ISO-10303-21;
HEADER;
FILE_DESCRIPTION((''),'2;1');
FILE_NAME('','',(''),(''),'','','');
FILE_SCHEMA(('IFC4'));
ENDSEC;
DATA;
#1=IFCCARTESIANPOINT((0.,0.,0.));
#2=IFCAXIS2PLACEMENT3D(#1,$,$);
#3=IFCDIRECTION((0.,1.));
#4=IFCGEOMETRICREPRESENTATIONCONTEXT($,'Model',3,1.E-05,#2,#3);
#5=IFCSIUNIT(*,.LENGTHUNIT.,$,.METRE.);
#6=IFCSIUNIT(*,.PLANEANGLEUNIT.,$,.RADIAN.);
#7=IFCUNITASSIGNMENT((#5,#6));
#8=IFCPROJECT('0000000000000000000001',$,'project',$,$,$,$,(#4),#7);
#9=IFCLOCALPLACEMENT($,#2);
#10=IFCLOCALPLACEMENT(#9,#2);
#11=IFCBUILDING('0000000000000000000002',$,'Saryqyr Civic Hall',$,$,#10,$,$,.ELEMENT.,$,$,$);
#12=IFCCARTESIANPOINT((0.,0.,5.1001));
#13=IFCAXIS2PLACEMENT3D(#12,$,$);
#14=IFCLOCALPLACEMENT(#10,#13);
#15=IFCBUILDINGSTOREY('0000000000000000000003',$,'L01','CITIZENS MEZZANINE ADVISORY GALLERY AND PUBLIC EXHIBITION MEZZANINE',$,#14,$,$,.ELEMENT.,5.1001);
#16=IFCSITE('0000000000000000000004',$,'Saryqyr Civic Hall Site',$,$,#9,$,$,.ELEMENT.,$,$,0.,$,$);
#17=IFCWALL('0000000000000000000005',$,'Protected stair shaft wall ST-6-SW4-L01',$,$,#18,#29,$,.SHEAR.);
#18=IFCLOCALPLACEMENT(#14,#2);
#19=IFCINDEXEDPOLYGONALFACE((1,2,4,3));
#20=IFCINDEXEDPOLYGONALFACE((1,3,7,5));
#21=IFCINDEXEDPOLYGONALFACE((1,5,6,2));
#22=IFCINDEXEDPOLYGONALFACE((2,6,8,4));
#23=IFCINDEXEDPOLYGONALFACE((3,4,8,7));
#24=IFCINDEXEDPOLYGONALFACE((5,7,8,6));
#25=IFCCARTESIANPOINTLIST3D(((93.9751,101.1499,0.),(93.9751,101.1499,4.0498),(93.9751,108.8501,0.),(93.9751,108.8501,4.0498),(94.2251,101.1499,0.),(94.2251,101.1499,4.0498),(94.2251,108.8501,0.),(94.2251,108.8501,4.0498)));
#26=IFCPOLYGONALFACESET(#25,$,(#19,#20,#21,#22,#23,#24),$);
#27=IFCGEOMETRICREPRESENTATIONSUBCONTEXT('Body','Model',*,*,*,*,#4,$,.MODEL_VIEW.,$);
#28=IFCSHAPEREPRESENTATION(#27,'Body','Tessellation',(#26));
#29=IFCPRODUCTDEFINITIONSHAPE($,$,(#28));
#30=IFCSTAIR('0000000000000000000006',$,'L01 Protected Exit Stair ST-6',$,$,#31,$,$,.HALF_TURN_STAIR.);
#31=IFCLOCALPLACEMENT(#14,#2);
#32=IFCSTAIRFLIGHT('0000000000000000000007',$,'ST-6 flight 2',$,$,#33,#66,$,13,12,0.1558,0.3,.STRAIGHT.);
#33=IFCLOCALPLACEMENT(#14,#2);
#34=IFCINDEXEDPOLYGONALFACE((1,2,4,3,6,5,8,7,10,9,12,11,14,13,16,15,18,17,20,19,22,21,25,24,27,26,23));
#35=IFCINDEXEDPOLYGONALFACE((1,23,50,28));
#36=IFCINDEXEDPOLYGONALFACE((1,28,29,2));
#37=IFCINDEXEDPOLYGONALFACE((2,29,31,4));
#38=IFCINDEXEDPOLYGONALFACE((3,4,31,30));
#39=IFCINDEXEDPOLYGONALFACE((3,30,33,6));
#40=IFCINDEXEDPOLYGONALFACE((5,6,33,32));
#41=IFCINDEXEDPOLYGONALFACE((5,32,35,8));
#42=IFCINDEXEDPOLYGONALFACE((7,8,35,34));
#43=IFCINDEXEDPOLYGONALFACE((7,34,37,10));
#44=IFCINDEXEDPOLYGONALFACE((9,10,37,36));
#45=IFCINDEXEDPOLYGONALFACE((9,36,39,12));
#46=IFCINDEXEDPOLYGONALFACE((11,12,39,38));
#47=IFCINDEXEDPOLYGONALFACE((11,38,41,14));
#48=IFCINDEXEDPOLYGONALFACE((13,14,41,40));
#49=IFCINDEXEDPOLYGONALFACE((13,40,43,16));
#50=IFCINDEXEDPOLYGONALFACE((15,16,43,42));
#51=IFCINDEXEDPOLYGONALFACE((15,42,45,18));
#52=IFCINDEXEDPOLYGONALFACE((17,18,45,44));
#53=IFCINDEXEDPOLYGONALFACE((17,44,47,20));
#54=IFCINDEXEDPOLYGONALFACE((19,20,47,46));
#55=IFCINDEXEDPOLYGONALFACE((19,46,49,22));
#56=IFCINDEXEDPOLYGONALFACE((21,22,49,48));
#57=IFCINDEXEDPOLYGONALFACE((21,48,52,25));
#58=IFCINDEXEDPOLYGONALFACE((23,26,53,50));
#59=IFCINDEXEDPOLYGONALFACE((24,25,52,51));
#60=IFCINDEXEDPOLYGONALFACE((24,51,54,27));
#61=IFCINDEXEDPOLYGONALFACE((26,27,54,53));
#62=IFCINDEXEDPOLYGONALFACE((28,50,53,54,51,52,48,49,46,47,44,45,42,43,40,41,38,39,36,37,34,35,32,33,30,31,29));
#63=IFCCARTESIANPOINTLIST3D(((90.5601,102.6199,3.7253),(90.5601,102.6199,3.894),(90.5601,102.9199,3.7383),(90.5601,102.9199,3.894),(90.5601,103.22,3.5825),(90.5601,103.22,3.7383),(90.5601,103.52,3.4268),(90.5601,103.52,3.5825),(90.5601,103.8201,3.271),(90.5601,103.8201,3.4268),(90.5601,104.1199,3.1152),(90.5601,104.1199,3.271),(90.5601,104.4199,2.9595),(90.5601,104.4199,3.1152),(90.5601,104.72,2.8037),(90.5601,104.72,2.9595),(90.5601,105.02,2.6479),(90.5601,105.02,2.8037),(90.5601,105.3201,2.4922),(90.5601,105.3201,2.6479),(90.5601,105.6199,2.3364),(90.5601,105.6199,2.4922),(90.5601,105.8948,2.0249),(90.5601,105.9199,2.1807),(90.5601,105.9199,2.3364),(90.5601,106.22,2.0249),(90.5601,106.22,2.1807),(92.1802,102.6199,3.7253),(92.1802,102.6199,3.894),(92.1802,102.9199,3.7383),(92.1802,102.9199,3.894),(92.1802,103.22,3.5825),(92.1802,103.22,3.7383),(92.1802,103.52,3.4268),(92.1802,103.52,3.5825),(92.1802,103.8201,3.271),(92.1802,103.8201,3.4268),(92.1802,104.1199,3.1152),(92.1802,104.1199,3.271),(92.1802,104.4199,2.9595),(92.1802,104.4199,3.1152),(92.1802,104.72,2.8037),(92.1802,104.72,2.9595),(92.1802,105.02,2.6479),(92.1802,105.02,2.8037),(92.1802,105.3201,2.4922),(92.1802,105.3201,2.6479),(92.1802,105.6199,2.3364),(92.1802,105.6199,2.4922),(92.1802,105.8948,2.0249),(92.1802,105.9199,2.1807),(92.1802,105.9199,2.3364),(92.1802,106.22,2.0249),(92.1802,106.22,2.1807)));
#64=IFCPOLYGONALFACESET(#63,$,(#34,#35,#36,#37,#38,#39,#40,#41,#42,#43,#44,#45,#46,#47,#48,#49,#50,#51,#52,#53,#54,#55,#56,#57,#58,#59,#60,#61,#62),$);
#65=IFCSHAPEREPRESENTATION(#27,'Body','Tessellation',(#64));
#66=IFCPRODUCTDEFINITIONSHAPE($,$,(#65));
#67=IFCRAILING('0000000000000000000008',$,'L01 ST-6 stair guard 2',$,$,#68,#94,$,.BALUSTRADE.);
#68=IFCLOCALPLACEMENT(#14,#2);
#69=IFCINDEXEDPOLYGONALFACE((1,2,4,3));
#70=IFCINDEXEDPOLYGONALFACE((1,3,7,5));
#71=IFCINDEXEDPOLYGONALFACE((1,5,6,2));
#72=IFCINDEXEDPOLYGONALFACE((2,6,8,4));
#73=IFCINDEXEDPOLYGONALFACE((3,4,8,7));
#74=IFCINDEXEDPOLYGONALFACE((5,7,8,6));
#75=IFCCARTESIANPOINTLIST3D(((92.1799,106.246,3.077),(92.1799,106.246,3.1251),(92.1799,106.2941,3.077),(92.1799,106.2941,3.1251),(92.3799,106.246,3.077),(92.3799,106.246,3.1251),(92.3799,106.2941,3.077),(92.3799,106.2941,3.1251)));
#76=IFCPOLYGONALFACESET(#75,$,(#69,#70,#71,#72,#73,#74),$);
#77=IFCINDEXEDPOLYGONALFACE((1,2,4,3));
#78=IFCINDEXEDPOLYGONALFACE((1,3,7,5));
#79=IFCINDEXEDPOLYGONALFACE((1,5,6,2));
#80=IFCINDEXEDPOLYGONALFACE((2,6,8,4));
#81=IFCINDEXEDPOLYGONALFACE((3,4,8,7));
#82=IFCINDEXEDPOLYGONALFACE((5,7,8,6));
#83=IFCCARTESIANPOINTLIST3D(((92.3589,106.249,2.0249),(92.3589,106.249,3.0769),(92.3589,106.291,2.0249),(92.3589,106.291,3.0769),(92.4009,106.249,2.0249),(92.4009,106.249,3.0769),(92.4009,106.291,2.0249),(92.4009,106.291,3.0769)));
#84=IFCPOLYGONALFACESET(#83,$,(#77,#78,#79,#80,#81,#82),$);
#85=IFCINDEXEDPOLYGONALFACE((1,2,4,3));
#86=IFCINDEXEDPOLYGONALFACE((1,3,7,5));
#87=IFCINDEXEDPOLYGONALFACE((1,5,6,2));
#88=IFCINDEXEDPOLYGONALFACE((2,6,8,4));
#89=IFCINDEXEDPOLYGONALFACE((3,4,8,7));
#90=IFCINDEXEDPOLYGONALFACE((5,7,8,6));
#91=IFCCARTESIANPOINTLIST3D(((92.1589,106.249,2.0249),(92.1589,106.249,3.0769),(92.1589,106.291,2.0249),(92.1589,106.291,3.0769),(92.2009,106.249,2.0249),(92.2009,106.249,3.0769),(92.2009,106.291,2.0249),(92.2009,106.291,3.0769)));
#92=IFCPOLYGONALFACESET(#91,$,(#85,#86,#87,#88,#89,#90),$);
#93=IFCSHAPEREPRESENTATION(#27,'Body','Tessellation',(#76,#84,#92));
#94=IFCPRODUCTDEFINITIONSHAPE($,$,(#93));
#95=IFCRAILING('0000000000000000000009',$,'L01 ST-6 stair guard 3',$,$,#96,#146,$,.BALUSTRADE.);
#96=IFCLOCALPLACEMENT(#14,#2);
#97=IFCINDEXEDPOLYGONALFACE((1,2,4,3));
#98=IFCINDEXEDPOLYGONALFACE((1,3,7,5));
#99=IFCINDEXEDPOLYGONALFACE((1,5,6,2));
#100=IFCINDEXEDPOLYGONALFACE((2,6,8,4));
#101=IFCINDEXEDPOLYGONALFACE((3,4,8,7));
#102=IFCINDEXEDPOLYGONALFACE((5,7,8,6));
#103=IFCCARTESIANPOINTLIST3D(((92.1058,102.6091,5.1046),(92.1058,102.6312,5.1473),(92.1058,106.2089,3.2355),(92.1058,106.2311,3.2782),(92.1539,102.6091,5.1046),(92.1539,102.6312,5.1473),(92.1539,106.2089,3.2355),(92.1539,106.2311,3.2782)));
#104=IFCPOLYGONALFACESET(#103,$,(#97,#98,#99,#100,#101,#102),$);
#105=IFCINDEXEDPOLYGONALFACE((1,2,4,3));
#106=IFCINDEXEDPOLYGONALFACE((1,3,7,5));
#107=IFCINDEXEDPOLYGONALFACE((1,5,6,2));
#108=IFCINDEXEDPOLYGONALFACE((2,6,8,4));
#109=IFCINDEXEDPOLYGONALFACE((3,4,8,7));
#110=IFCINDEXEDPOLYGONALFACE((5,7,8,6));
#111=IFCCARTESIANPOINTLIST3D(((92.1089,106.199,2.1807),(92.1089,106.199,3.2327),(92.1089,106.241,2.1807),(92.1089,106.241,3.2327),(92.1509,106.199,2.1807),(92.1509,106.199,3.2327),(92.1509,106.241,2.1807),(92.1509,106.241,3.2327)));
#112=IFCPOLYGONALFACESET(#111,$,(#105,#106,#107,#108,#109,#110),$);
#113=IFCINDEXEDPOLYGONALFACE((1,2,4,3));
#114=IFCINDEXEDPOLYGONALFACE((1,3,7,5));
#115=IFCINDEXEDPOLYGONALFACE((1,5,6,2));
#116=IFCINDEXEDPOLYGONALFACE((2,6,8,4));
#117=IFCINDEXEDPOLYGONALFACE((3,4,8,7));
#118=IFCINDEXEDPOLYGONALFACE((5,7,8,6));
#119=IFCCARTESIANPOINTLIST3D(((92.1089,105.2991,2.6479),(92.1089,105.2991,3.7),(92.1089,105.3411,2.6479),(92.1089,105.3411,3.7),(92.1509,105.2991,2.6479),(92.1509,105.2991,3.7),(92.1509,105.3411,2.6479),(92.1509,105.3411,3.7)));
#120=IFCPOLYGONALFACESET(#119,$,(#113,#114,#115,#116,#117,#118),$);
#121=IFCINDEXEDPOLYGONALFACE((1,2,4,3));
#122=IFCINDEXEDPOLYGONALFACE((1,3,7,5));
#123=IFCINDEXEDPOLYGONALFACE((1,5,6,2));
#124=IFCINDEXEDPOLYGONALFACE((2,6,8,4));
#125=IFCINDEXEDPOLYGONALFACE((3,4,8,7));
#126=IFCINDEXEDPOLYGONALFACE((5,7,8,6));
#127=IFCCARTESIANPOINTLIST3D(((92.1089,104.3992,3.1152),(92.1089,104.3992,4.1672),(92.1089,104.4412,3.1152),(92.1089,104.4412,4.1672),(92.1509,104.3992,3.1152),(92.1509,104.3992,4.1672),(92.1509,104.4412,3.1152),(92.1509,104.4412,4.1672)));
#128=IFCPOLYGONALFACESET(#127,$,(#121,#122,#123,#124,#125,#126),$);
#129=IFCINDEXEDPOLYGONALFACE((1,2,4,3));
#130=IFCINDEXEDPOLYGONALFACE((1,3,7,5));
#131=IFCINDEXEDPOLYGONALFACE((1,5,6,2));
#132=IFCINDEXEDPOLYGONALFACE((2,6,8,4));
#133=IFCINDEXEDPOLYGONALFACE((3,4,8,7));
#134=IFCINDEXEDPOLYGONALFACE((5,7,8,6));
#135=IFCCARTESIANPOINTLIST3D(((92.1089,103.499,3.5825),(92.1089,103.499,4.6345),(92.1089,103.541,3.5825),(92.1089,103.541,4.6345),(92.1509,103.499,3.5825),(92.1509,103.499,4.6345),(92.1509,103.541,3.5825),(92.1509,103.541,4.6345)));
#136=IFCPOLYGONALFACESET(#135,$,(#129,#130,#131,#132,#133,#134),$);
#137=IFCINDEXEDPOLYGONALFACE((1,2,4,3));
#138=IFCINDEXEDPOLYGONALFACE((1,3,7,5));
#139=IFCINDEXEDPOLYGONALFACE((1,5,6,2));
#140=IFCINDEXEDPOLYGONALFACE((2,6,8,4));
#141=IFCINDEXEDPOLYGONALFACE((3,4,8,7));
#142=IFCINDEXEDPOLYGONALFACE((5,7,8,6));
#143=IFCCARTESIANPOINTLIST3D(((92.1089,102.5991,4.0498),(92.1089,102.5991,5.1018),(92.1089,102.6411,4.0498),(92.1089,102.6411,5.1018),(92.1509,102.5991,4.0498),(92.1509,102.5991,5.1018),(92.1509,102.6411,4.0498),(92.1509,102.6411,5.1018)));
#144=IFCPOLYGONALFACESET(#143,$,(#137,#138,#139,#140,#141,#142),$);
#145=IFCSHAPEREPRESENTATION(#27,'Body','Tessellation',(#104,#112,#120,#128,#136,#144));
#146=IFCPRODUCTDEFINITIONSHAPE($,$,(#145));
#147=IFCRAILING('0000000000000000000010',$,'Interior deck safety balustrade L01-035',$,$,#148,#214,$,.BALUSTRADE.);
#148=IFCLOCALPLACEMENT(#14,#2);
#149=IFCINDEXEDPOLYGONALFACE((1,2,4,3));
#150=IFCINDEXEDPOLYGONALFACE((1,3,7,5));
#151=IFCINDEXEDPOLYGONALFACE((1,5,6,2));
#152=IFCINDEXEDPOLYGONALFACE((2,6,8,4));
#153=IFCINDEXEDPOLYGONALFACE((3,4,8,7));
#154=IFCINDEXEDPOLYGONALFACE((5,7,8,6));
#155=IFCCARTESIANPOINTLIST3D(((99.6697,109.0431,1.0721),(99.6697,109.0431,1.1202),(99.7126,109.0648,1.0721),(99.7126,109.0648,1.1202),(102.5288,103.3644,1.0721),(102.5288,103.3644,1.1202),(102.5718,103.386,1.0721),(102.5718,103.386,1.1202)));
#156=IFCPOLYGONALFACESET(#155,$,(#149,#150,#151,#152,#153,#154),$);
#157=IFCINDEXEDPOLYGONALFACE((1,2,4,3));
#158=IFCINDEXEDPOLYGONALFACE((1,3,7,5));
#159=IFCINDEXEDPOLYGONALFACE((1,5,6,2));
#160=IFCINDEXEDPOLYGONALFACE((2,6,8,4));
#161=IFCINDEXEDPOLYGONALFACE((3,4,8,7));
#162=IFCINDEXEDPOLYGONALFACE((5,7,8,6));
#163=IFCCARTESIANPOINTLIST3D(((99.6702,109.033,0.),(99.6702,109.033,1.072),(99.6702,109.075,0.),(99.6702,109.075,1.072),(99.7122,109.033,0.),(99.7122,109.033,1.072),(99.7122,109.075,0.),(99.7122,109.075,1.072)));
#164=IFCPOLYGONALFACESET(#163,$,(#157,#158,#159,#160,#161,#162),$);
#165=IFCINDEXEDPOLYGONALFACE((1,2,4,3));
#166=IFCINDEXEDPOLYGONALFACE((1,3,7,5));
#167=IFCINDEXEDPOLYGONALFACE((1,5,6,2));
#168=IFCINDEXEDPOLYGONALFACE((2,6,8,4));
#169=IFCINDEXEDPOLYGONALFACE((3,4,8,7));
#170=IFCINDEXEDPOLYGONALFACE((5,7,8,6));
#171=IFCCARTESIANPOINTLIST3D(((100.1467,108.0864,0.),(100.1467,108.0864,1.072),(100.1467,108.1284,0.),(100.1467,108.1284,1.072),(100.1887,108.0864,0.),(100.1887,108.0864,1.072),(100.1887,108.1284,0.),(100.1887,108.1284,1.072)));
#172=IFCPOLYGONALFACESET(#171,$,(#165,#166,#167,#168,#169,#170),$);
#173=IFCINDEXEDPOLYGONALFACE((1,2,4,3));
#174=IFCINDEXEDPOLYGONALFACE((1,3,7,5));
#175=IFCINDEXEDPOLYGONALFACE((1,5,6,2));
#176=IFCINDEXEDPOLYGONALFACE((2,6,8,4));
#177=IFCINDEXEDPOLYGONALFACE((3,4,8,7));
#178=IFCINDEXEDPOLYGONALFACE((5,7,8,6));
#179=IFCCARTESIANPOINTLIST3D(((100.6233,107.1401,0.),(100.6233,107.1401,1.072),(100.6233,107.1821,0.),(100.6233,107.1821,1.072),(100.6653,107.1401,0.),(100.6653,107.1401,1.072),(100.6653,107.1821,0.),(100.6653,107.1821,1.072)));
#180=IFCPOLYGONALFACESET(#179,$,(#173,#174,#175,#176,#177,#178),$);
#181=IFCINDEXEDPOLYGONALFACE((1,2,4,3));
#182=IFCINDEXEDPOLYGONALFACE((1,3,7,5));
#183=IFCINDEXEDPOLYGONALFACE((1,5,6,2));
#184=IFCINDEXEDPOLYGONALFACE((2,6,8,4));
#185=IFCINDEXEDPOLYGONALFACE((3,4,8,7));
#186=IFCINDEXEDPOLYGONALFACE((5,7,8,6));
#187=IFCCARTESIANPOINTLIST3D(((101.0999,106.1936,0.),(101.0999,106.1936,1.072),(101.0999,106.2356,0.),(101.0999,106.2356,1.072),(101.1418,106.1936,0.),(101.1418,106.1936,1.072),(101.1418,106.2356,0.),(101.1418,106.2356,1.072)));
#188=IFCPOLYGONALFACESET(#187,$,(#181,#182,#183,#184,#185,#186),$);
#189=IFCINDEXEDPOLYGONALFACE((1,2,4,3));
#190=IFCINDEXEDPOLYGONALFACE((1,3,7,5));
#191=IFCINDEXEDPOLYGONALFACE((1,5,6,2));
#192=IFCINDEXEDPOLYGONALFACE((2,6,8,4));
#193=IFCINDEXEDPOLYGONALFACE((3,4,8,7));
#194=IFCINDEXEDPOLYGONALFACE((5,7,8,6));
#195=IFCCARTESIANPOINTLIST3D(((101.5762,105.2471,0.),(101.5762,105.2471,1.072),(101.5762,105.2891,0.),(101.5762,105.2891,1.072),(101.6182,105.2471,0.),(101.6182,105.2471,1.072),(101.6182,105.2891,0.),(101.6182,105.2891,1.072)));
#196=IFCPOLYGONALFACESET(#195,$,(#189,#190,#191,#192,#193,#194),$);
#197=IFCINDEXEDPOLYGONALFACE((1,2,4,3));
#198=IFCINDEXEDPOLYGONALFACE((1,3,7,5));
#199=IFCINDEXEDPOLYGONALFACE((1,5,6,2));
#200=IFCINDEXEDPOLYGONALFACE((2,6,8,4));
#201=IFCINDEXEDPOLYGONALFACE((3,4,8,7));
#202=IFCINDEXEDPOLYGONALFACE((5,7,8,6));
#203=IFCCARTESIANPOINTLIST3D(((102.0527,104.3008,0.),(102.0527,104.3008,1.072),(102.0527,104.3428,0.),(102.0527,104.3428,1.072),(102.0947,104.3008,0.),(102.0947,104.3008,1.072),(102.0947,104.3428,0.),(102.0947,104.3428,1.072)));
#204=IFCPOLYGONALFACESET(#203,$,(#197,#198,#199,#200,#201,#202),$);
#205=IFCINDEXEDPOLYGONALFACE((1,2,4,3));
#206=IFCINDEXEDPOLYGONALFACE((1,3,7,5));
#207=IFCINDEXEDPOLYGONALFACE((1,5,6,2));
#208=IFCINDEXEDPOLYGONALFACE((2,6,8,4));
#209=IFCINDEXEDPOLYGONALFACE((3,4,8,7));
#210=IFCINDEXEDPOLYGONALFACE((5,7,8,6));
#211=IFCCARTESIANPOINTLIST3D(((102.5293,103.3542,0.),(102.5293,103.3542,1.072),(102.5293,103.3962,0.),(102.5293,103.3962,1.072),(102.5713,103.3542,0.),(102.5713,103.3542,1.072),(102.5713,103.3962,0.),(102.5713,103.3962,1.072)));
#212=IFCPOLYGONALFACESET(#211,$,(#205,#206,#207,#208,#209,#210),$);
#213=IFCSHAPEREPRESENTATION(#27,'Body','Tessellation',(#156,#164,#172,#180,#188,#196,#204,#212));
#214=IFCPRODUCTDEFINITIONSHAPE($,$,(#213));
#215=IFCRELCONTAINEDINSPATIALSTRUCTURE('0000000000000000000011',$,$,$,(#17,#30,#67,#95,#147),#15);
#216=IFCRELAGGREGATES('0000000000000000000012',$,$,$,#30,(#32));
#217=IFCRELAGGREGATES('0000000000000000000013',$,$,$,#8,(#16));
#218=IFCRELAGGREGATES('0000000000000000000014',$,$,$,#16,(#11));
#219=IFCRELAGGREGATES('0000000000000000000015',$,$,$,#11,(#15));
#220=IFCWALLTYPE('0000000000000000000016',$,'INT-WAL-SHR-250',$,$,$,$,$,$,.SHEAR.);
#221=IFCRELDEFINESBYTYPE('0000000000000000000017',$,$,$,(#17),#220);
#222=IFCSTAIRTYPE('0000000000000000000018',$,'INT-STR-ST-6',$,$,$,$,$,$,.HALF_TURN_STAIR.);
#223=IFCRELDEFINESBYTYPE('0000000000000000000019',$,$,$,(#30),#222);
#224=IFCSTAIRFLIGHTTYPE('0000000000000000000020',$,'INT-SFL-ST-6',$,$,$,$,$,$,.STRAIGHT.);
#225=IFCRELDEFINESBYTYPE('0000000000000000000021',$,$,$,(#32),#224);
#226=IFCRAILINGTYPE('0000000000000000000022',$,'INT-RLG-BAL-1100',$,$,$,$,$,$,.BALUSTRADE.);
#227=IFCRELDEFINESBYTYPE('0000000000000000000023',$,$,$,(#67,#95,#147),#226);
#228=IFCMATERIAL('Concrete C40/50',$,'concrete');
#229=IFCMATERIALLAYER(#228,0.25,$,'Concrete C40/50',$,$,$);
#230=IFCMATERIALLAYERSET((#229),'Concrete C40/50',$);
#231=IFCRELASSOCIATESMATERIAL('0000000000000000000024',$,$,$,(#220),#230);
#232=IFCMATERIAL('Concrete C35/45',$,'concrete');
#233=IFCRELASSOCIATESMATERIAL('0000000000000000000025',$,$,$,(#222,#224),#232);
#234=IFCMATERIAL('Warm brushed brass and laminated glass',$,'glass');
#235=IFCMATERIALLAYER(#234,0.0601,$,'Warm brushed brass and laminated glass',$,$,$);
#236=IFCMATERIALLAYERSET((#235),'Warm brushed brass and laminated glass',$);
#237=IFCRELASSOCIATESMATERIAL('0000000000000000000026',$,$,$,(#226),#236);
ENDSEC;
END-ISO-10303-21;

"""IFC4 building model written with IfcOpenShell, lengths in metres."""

from ifc_helpers import new_model, si_unit, direction, frame, frame_2d, origin, origin_2d, place, context, subcontext, project, spatial, polyline, rectangle, outline, extrude, material, layer, layer_set, type_object, element, aggregate, save


model = new_model("IFC4")

# Units and contexts
model_context = context("Model", 3, precision=1e-05, world=origin(), true_north=direction((0.0, 1.0)))
body_context = subcontext(model_context, "Body", "Model", "MODEL_VIEW")
ifc_project = project(units=[si_unit("LENGTHUNIT", "METRE"), si_unit("PLANEANGLEUNIT", "RADIAN")], contexts=[model_context])

# Site, building, storey
site_placement = place(None, origin())
site = spatial("IfcSite", under=ifc_project, at=site_placement, Name="Saryqyr Civic Hall Site", CompositionType="ELEMENT", RefElevation=0.0)
building_placement = place(site_placement, origin())
building = spatial("IfcBuilding", under=site, at=building_placement, Name="Saryqyr Civic Hall", CompositionType="ELEMENT")
storey_placement = place(building_placement, frame((0.0, 0.0, 5.1001)))
storey = spatial("IfcBuildingStorey", under=building, at=storey_placement, Name="L01", Description="CITIZENS MEZZANINE ADVISORY GALLERY AND PUBLIC EXHIBITION MEZZANINE", CompositionType="ELEMENT", Elevation=5.1001)

# Shared definitions
ifc_material_1 = material(Name="Concrete C40/50", Category="concrete")

# Shared definitions
ifc_material_2 = material(Name="Concrete C35/45", Category="concrete")

# Wall
ifc_layer_1 = layer(ifc_material_1, 0.25, Name="Concrete C40/50")
ifc_layer_set_1 = layer_set([ifc_layer_1], Name="Concrete C40/50")
wall_type_1 = type_object("IfcWallType", Name="INT-WAL-SHR-250", PredefinedType="SHEAR", material=ifc_layer_set_1)
wall_1_placement = place(storey_placement, frame((94.1001, 108.8501, 0.0), z_axis=(0.0, 0.0, 1.0), x_axis=(0.0, -1.0, 0.0)))
element("IfcWall", 1, at=wall_1_placement, inside=storey, type_object=wall_type_1, Name="Protected stair shaft wall ST-6-SW4-L01", PredefinedType="SHEAR", context=body_context, shape_type="SweptSolid", body=[
    extrude(rectangle(XDim=7.7002, YDim=0.25, at=frame_2d((3.8501, 0.0))), origin(), (0.0, 0.0, 1.0), 4.0498),
])

# Stair, stair flight
stair_type = type_object("IfcStairType", Name="INT-STR-ST-6", PredefinedType="HALF_TURN_STAIR", material=ifc_material_2)
stair_placement = place(storey_placement, origin())
stair = element("IfcStair", 2, at=stair_placement, inside=storey, type_object=stair_type, Name="L01 Protected Exit Stair ST-6", PredefinedType="HALF_TURN_STAIR")
stair_flight_type = type_object("IfcStairFlightType", Name="INT-SFL-ST-6", PredefinedType="STRAIGHT", material=ifc_material_2)
stair_flight_placement = place(storey_placement, frame((91.3701, 106.22, 2.0249), z_axis=(0.0, 0.0, 1.0), x_axis=(0.0, -1.0, 0.0)))
stair_flight = element("IfcStairFlight", 3, at=stair_flight_placement, type_object=stair_flight_type, Name="ST-6 flight 2", NumberOfRisers=13, NumberOfTreads=12, PredefinedType="STRAIGHT", RiserHeight=0.1558, TreadLength=0.3, context=body_context, shape_type="SweptSolid", body=[
    extrude(outline(polyline([(0.0, 0.0), (0.0, 0.1558), (0.3, 0.1558), (0.3, 0.3115), (0.6001, 0.3115), (0.6001, 0.4673), (0.8999, 0.4673), (0.8999, 0.623), (1.2, 0.623), (1.2, 0.7788), (1.5, 0.7788), (1.5, 0.9346), (1.8, 0.9346), (1.8, 1.0903), (2.1001, 1.0903), (2.1001, 1.2461), (2.3999, 1.2461), (2.3999, 1.4019), (2.7, 1.4019), (2.7, 1.5576), (3.0, 1.5576), (3.0, 1.7134), (3.3, 1.7134), (3.3, 1.8691), (3.6001, 1.8691), (3.6001, 2.0249), (3.6001, 1.7004), (0.3252, 0.0), (0.0, 0.0)])), frame((0.0, 0.8101, 0.0), z_axis=(0.0, -1.0, 0.0), x_axis=(1.0, 0.0, 0.0)), (0.0, 0.0, 1.0), 1.6201),
])
aggregate(stair, [stair_flight])

# Railings
ifc_material_3 = material(Name="Warm brushed brass and laminated glass", Category="glass")
ifc_layer_2 = layer(ifc_material_3, 0.0601, Name="Warm brushed brass and laminated glass")
ifc_layer_set_2 = layer_set([ifc_layer_2], Name="Warm brushed brass and laminated glass")
railing_type_1 = type_object("IfcRailingType", Name="INT-RLG-BAL-1100", PredefinedType="BALUSTRADE", material=ifc_layer_set_2)
railing_1_placement = place(storey_placement, frame((92.3799, 106.27, 2.0249)))
element("IfcRailing", 4, at=railing_1_placement, inside=storey, type_object=railing_type_1, Name="L01 ST-6 stair guard 2", PredefinedType="BALUSTRADE", context=body_context, shape_type="SweptSolid", body=[
    extrude(rectangle(XDim=0.0481, YDim=0.0481, at=origin_2d()), frame((0.0, 0.0, 1.0762), z_axis=(-1.0, 0.0, 0.0), x_axis=(0.0, -1.0, 0.0)), (0.0, 0.0, 1.0), 0.2),
    extrude(rectangle(XDim=0.042, YDim=0.042, at=origin_2d()), origin(), (0.0, 0.0, 1.0), 1.052),
    extrude(rectangle(XDim=0.042, YDim=0.042, at=origin_2d()), frame((-0.2, 0.0, 0.0)), (0.0, 0.0, 1.0), 1.052),
])
railing_2_placement = place(storey_placement, frame((92.1299, 106.22, 2.1807)))
element("IfcRailing", 5, at=railing_2_placement, inside=storey, type_object=railing_type_1, Name="L01 ST-6 stair guard 3", PredefinedType="BALUSTRADE", context=body_context, shape_type="SweptSolid", body=[
    extrude(rectangle(XDim=0.0481, YDim=0.0481, at=origin_2d()), frame((0.0, 0.0, 1.0762), z_axis=(0.0, -0.887497, 0.460813), x_axis=(1.0, 0.0, 0.0)), (0.0, 0.0, 1.0), 4.0562),
    extrude(rectangle(XDim=0.042, YDim=0.042, at=origin_2d()), origin(), (0.0, 0.0, 1.0), 1.052),
    extrude(rectangle(XDim=0.042, YDim=0.042, at=origin_2d()), frame((0.0, -0.8999, 0.4673)), (0.0, 0.0, 1.0), 1.052),
    extrude(rectangle(XDim=0.042, YDim=0.042, at=origin_2d()), frame((0.0, -1.7998, 0.9346)), (0.0, 0.0, 1.0), 1.052),
    extrude(rectangle(XDim=0.042, YDim=0.042, at=origin_2d()), frame((0.0, -2.7, 1.4019)), (0.0, 0.0, 1.0), 1.052),
    extrude(rectangle(XDim=0.042, YDim=0.042, at=origin_2d()), frame((0.0, -3.5999, 1.8691)), (0.0, 0.0, 1.0), 1.052),
])
railing_3_placement = place(storey_placement, frame((99.6912, 109.054, 0.0)))
element("IfcRailing", 6, at=railing_3_placement, inside=storey, type_object=railing_type_1, Name="Interior deck safety balustrade L01-035", PredefinedType="BALUSTRADE", context=body_context, shape_type="SweptSolid", body=[
    extrude(rectangle(XDim=0.0481, YDim=0.0481, at=origin_2d()), frame((0.0, 0.0, 1.0962), z_axis=(0.4497, -0.89318, 0.0), x_axis=(0.89318, 0.4497, 0.0)), (0.0, 0.0, 1.0), 6.3579),
    extrude(rectangle(XDim=0.042, YDim=0.042, at=origin_2d()), origin(), (0.0, 0.0, 1.0), 1.072),
    extrude(rectangle(XDim=0.042, YDim=0.042, at=origin_2d()), frame((0.4766, -0.9465, 0.0)), (0.0, 0.0, 1.0), 1.072),
    extrude(rectangle(XDim=0.042, YDim=0.042, at=origin_2d()), frame((0.9531, -1.8928, 0.0)), (0.0, 0.0, 1.0), 1.072),
    extrude(rectangle(XDim=0.042, YDim=0.042, at=origin_2d()), frame((1.4297, -2.8394, 0.0)), (0.0, 0.0, 1.0), 1.072),
    extrude(rectangle(XDim=0.042, YDim=0.042, at=origin_2d()), frame((1.906, -3.7859, 0.0)), (0.0, 0.0, 1.0), 1.072),
    extrude(rectangle(XDim=0.042, YDim=0.042, at=origin_2d()), frame((2.3826, -4.7322, 0.0)), (0.0, 0.0, 1.0), 1.072),
    extrude(rectangle(XDim=0.042, YDim=0.042, at=origin_2d()), frame((2.8591, -5.6787, 0.0)), (0.0, 0.0, 1.0), 1.072),
])

save(model, "model.ifc")
